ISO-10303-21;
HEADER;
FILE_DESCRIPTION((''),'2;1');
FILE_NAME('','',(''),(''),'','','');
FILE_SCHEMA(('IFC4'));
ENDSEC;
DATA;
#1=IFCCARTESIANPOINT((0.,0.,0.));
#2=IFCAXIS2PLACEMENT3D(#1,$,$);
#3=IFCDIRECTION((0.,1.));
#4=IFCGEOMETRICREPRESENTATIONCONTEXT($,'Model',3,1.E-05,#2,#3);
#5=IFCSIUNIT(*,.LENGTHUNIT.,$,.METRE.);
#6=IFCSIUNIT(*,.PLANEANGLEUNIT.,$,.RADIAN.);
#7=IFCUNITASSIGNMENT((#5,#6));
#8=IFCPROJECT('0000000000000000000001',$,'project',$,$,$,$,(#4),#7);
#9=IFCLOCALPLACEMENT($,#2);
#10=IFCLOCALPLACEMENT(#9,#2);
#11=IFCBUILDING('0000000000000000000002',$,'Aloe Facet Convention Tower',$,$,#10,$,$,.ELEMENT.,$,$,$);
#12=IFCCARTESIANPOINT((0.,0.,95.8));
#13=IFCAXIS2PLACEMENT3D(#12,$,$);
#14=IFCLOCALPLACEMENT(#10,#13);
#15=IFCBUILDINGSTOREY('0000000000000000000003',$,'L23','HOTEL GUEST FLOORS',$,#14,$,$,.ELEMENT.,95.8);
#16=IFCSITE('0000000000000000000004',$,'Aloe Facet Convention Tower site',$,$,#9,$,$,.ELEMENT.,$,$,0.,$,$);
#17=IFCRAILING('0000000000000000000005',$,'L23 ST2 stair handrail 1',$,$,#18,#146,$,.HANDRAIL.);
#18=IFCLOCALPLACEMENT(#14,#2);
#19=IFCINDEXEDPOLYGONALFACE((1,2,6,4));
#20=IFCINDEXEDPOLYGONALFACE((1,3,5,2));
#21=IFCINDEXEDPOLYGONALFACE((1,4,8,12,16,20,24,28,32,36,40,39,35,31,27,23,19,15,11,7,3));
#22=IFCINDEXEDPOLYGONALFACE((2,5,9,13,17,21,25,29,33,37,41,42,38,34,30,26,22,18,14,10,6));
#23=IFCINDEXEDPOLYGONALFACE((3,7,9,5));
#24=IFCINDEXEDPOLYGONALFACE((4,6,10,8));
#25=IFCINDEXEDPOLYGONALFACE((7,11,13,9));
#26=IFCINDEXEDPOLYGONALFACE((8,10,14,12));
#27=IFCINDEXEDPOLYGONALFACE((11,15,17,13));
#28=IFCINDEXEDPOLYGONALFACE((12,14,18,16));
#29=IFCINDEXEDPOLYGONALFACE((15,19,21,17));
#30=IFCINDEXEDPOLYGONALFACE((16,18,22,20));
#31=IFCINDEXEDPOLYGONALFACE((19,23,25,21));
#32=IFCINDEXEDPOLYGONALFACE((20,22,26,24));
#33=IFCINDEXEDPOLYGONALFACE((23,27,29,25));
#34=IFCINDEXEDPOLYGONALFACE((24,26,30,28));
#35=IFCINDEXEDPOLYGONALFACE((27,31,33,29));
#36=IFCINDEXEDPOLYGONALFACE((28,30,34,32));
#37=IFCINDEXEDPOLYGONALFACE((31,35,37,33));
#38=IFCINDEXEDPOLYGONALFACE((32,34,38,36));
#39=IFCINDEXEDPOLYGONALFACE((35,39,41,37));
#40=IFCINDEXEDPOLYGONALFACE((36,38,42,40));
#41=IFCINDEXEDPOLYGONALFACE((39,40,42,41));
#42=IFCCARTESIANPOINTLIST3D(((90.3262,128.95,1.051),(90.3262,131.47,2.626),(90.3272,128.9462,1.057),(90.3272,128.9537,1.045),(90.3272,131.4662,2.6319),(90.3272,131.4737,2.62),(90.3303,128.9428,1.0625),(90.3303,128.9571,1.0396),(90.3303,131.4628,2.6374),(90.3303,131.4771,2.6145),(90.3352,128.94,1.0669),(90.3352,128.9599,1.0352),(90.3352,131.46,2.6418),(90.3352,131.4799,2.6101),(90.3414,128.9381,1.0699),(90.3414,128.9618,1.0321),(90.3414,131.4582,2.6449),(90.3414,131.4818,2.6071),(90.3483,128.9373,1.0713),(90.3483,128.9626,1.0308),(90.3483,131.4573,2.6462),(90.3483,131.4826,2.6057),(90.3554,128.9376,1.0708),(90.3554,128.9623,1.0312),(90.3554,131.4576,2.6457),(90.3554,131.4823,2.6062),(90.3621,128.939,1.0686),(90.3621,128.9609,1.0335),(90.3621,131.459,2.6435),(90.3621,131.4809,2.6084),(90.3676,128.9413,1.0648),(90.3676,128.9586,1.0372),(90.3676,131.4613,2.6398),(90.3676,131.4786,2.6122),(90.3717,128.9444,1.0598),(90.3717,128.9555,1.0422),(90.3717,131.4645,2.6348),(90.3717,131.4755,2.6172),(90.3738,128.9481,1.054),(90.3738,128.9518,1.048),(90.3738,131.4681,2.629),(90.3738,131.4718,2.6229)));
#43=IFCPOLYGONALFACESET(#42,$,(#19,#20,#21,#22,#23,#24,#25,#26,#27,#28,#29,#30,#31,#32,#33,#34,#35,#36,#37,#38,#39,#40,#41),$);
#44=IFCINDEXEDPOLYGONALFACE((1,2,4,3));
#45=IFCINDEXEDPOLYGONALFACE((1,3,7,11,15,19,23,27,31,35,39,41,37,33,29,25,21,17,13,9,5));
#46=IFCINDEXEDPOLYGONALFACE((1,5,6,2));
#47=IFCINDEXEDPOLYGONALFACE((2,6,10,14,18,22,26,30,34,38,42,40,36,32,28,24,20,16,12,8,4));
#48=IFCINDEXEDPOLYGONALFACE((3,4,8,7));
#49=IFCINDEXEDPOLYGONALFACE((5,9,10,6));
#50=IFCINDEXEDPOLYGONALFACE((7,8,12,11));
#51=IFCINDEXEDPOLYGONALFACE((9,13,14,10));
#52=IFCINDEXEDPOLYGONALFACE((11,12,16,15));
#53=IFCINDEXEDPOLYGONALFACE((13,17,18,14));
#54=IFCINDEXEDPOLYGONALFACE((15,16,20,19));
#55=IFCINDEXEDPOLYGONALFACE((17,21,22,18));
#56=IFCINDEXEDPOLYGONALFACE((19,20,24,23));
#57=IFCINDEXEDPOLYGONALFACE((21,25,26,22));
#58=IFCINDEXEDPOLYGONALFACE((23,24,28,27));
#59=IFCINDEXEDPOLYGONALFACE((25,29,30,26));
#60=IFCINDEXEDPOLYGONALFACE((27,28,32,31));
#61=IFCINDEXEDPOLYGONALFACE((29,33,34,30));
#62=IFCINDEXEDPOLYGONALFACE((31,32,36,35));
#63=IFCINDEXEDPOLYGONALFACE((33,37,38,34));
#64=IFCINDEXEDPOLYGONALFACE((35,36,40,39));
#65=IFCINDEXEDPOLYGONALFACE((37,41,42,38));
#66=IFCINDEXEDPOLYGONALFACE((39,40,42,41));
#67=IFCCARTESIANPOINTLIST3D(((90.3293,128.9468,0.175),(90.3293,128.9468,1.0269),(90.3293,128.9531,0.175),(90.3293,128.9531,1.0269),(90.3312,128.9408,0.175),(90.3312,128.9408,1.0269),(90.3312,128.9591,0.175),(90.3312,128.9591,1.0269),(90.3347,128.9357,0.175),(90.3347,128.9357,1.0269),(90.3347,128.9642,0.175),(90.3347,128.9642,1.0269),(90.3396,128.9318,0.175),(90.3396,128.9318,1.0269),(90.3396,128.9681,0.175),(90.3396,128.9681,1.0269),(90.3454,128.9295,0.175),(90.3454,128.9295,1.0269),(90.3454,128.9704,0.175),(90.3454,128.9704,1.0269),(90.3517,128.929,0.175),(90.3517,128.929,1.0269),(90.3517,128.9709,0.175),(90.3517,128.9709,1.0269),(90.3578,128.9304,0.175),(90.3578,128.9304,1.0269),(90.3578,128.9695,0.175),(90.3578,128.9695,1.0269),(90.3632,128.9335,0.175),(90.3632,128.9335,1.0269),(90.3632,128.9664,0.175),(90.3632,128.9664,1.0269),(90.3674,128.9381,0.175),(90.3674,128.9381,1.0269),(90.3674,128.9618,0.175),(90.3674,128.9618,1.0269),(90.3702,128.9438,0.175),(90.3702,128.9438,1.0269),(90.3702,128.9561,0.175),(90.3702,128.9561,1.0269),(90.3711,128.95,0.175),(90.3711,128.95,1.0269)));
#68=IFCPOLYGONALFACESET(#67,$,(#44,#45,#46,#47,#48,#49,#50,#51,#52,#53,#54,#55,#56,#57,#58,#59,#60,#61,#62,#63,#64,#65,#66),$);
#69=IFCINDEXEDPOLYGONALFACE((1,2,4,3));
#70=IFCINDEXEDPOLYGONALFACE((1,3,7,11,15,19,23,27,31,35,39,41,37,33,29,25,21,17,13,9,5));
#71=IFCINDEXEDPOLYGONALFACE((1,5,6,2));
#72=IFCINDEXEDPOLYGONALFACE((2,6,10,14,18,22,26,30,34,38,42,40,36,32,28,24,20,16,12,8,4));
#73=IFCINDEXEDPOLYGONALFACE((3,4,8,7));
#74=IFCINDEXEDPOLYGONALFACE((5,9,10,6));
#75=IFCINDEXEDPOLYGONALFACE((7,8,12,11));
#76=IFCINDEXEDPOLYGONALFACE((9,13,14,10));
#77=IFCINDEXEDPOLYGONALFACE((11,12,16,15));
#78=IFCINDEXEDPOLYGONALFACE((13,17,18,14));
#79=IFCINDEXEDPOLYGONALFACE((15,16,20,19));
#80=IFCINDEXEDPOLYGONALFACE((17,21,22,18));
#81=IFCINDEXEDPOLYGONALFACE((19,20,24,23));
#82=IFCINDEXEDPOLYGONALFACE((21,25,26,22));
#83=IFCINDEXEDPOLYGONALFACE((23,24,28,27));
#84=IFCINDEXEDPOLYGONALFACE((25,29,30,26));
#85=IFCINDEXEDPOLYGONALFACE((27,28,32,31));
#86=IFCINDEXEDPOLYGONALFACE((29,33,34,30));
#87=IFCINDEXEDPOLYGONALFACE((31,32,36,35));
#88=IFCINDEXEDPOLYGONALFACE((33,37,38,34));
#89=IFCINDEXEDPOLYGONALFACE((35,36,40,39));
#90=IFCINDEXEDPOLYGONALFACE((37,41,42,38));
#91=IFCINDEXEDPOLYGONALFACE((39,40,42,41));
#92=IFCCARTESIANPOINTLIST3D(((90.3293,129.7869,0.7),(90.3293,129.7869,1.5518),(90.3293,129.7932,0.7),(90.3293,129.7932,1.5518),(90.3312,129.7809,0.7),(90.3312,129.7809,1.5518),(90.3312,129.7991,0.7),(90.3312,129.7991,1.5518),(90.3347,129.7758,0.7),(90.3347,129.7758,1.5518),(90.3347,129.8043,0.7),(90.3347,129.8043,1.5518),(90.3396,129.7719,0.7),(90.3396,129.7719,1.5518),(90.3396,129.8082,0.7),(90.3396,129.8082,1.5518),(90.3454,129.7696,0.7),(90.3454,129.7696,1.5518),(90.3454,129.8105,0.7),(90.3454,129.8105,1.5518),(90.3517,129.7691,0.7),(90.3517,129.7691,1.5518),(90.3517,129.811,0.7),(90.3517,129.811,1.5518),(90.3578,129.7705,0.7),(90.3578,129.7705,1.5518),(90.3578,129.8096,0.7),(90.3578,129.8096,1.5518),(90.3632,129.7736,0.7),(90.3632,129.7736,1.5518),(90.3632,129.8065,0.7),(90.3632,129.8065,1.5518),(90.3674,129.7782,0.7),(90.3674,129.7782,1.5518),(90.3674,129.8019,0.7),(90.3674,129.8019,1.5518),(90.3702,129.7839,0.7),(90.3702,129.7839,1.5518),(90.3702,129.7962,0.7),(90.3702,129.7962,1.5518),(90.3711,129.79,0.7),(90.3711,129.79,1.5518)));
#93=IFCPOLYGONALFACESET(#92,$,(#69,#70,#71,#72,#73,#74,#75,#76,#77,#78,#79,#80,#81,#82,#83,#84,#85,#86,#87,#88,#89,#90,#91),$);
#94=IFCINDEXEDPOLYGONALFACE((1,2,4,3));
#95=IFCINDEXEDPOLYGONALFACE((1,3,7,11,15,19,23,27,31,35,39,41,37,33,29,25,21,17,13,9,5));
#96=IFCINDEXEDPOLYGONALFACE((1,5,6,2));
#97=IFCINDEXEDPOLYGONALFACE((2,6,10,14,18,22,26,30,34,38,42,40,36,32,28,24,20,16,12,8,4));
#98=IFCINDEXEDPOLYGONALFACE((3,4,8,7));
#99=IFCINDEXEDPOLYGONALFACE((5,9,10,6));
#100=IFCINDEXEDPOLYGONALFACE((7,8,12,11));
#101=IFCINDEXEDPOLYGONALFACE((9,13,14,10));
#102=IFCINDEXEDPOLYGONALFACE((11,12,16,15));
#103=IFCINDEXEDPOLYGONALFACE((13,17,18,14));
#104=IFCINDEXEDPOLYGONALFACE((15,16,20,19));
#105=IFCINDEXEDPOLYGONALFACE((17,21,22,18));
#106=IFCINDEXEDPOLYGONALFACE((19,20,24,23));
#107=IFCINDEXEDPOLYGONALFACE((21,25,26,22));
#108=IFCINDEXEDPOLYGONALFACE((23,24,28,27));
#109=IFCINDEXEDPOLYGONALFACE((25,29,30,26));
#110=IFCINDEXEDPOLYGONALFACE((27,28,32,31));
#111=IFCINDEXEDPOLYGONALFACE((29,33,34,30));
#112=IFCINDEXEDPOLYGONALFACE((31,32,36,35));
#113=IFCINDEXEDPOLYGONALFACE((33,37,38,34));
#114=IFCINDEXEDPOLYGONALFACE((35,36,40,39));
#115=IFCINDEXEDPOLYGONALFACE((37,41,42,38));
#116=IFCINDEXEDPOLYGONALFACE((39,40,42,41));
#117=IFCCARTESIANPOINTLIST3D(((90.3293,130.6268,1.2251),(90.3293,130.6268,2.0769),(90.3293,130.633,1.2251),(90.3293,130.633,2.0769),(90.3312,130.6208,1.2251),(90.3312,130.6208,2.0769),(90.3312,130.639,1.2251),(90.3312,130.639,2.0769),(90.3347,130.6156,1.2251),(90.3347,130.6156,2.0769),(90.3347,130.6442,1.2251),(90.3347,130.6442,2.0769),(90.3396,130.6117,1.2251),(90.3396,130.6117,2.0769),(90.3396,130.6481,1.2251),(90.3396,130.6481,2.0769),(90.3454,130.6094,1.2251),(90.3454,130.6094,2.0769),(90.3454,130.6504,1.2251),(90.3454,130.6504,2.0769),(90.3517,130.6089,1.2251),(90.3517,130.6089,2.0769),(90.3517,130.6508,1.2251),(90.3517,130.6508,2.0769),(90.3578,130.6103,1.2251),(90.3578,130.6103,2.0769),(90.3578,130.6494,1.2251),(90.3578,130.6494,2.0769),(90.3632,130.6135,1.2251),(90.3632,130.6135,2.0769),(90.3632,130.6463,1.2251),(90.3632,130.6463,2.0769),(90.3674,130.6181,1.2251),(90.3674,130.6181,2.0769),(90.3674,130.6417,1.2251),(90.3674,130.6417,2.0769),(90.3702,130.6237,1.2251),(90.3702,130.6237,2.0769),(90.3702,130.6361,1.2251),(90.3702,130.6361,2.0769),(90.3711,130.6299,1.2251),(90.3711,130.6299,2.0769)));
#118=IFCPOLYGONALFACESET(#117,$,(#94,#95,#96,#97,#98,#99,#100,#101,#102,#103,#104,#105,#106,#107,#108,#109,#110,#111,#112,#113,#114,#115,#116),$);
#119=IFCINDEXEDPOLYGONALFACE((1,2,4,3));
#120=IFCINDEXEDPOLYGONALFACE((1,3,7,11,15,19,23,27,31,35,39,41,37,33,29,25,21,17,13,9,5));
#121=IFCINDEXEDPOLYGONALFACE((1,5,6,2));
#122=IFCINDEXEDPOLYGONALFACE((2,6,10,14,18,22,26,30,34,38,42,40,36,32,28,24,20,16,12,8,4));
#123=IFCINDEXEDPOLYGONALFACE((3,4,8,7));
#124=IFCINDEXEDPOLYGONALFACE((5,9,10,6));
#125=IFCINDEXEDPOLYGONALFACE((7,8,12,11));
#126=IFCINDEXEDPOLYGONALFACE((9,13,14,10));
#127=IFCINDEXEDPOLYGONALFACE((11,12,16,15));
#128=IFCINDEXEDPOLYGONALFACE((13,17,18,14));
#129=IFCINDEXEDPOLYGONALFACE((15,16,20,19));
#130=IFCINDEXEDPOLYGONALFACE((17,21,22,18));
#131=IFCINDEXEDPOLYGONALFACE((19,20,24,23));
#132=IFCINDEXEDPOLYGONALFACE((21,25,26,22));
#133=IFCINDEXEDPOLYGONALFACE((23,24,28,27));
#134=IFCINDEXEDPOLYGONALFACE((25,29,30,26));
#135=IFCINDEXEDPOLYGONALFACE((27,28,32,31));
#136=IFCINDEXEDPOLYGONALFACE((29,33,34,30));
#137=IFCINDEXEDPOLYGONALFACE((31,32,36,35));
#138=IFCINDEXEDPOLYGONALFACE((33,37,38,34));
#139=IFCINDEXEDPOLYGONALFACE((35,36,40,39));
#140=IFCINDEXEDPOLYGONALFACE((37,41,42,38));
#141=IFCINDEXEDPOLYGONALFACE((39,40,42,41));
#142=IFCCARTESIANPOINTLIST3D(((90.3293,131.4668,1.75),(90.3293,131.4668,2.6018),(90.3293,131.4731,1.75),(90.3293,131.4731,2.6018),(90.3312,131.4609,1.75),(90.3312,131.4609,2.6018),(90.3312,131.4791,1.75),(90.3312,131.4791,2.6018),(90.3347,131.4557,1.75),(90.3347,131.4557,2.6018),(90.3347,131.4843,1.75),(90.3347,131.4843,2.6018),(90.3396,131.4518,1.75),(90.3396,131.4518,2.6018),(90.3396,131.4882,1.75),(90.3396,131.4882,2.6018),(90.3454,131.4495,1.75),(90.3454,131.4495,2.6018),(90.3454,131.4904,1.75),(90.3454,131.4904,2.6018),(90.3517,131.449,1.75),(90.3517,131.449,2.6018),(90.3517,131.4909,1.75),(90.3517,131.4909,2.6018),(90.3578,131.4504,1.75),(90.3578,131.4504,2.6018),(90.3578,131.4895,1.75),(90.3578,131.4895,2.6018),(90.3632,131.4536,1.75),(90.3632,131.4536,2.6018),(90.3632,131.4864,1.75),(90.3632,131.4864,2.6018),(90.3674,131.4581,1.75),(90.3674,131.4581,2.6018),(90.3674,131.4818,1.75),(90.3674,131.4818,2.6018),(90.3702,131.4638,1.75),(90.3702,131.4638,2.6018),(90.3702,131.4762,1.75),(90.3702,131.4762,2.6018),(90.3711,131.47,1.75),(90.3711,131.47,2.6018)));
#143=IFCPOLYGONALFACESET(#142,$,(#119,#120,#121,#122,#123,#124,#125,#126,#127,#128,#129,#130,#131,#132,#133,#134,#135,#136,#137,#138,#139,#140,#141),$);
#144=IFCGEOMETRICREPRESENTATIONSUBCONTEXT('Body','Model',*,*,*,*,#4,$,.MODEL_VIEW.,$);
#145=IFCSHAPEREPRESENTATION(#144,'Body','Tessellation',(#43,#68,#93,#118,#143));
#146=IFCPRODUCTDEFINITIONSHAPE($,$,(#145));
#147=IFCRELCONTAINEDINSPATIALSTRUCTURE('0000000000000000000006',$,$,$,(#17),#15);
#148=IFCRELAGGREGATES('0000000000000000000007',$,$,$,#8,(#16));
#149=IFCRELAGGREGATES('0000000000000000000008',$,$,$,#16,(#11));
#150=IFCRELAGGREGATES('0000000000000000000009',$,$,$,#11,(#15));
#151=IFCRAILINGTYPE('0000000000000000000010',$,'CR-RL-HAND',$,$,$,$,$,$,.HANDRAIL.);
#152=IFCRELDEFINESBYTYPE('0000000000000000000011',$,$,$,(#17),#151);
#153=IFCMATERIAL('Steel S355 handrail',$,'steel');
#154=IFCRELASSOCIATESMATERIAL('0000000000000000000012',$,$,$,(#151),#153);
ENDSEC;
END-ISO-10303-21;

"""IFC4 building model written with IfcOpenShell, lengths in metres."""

from ifc_helpers import new_model, si_unit, direction, frame, origin, origin_2d, place, context, subcontext, project, spatial, circle, extrude, material, type_object, element, save


model = new_model("IFC4")

# Units and contexts
model_context = context("Model", 3, precision=1e-05, world=origin(), true_north=direction((0.0, 1.0)))
body_context = subcontext(model_context, "Body", "Model", "MODEL_VIEW")
ifc_project = project(units=[si_unit("LENGTHUNIT", "METRE"), si_unit("PLANEANGLEUNIT", "RADIAN")], contexts=[model_context])

# Site, building, storey
site_placement = place(None, origin())
site = spatial("IfcSite", under=ifc_project, at=site_placement, Name="Aloe Facet Convention Tower site", CompositionType="ELEMENT", RefElevation=0.0)
building_placement = place(site_placement, origin())
building = spatial("IfcBuilding", under=site, at=building_placement, Name="Aloe Facet Convention Tower", CompositionType="ELEMENT")
storey_placement = place(building_placement, frame((0.0, 0.0, 95.8)))
storey = spatial("IfcBuildingStorey", under=building, at=storey_placement, Name="L23", Description="HOTEL GUEST FLOORS", CompositionType="ELEMENT", Elevation=95.8)

# Railing
ifc_material_1 = material(Name="Steel S355 handrail", Category="steel")
railing_type_1 = type_object("IfcRailingType", Name="CR-RL-HAND", PredefinedType="HANDRAIL", material=ifc_material_1)
railing_1_placement = place(storey_placement, frame((90.3501, 128.95, 0.175)))
element("IfcRailing", 1, at=railing_1_placement, inside=storey, type_object=railing_type_1, Name="L23 ST2 stair handrail 1", PredefinedType="HANDRAIL", context=body_context, shape_type="SweptSolid", body=[
    extrude(circle(Radius=0.0239, at=origin_2d()), frame((0.0, 0.0, 0.876), z_axis=(0.0, 0.848008, 0.529984), x_axis=(-1.0, 0.0, 0.0)), (0.0, 0.0, 1.0), 2.9717),
    extrude(circle(Radius=0.021, at=origin_2d()), origin(), (0.0, 0.0, 1.0), 0.8518),
    extrude(circle(Radius=0.021, at=origin_2d()), frame((0.0, 0.8401, 0.5249)), (0.0, 0.0, 1.0), 0.8518),
    extrude(circle(Radius=0.021, at=origin_2d()), frame((0.0, 1.6799, 1.05)), (0.0, 0.0, 1.0), 0.8518),
    extrude(circle(Radius=0.021, at=origin_2d()), frame((0.0, 2.52, 1.575)), (0.0, 0.0, 1.0), 0.8518),
])

save(model, "model.ifc")
